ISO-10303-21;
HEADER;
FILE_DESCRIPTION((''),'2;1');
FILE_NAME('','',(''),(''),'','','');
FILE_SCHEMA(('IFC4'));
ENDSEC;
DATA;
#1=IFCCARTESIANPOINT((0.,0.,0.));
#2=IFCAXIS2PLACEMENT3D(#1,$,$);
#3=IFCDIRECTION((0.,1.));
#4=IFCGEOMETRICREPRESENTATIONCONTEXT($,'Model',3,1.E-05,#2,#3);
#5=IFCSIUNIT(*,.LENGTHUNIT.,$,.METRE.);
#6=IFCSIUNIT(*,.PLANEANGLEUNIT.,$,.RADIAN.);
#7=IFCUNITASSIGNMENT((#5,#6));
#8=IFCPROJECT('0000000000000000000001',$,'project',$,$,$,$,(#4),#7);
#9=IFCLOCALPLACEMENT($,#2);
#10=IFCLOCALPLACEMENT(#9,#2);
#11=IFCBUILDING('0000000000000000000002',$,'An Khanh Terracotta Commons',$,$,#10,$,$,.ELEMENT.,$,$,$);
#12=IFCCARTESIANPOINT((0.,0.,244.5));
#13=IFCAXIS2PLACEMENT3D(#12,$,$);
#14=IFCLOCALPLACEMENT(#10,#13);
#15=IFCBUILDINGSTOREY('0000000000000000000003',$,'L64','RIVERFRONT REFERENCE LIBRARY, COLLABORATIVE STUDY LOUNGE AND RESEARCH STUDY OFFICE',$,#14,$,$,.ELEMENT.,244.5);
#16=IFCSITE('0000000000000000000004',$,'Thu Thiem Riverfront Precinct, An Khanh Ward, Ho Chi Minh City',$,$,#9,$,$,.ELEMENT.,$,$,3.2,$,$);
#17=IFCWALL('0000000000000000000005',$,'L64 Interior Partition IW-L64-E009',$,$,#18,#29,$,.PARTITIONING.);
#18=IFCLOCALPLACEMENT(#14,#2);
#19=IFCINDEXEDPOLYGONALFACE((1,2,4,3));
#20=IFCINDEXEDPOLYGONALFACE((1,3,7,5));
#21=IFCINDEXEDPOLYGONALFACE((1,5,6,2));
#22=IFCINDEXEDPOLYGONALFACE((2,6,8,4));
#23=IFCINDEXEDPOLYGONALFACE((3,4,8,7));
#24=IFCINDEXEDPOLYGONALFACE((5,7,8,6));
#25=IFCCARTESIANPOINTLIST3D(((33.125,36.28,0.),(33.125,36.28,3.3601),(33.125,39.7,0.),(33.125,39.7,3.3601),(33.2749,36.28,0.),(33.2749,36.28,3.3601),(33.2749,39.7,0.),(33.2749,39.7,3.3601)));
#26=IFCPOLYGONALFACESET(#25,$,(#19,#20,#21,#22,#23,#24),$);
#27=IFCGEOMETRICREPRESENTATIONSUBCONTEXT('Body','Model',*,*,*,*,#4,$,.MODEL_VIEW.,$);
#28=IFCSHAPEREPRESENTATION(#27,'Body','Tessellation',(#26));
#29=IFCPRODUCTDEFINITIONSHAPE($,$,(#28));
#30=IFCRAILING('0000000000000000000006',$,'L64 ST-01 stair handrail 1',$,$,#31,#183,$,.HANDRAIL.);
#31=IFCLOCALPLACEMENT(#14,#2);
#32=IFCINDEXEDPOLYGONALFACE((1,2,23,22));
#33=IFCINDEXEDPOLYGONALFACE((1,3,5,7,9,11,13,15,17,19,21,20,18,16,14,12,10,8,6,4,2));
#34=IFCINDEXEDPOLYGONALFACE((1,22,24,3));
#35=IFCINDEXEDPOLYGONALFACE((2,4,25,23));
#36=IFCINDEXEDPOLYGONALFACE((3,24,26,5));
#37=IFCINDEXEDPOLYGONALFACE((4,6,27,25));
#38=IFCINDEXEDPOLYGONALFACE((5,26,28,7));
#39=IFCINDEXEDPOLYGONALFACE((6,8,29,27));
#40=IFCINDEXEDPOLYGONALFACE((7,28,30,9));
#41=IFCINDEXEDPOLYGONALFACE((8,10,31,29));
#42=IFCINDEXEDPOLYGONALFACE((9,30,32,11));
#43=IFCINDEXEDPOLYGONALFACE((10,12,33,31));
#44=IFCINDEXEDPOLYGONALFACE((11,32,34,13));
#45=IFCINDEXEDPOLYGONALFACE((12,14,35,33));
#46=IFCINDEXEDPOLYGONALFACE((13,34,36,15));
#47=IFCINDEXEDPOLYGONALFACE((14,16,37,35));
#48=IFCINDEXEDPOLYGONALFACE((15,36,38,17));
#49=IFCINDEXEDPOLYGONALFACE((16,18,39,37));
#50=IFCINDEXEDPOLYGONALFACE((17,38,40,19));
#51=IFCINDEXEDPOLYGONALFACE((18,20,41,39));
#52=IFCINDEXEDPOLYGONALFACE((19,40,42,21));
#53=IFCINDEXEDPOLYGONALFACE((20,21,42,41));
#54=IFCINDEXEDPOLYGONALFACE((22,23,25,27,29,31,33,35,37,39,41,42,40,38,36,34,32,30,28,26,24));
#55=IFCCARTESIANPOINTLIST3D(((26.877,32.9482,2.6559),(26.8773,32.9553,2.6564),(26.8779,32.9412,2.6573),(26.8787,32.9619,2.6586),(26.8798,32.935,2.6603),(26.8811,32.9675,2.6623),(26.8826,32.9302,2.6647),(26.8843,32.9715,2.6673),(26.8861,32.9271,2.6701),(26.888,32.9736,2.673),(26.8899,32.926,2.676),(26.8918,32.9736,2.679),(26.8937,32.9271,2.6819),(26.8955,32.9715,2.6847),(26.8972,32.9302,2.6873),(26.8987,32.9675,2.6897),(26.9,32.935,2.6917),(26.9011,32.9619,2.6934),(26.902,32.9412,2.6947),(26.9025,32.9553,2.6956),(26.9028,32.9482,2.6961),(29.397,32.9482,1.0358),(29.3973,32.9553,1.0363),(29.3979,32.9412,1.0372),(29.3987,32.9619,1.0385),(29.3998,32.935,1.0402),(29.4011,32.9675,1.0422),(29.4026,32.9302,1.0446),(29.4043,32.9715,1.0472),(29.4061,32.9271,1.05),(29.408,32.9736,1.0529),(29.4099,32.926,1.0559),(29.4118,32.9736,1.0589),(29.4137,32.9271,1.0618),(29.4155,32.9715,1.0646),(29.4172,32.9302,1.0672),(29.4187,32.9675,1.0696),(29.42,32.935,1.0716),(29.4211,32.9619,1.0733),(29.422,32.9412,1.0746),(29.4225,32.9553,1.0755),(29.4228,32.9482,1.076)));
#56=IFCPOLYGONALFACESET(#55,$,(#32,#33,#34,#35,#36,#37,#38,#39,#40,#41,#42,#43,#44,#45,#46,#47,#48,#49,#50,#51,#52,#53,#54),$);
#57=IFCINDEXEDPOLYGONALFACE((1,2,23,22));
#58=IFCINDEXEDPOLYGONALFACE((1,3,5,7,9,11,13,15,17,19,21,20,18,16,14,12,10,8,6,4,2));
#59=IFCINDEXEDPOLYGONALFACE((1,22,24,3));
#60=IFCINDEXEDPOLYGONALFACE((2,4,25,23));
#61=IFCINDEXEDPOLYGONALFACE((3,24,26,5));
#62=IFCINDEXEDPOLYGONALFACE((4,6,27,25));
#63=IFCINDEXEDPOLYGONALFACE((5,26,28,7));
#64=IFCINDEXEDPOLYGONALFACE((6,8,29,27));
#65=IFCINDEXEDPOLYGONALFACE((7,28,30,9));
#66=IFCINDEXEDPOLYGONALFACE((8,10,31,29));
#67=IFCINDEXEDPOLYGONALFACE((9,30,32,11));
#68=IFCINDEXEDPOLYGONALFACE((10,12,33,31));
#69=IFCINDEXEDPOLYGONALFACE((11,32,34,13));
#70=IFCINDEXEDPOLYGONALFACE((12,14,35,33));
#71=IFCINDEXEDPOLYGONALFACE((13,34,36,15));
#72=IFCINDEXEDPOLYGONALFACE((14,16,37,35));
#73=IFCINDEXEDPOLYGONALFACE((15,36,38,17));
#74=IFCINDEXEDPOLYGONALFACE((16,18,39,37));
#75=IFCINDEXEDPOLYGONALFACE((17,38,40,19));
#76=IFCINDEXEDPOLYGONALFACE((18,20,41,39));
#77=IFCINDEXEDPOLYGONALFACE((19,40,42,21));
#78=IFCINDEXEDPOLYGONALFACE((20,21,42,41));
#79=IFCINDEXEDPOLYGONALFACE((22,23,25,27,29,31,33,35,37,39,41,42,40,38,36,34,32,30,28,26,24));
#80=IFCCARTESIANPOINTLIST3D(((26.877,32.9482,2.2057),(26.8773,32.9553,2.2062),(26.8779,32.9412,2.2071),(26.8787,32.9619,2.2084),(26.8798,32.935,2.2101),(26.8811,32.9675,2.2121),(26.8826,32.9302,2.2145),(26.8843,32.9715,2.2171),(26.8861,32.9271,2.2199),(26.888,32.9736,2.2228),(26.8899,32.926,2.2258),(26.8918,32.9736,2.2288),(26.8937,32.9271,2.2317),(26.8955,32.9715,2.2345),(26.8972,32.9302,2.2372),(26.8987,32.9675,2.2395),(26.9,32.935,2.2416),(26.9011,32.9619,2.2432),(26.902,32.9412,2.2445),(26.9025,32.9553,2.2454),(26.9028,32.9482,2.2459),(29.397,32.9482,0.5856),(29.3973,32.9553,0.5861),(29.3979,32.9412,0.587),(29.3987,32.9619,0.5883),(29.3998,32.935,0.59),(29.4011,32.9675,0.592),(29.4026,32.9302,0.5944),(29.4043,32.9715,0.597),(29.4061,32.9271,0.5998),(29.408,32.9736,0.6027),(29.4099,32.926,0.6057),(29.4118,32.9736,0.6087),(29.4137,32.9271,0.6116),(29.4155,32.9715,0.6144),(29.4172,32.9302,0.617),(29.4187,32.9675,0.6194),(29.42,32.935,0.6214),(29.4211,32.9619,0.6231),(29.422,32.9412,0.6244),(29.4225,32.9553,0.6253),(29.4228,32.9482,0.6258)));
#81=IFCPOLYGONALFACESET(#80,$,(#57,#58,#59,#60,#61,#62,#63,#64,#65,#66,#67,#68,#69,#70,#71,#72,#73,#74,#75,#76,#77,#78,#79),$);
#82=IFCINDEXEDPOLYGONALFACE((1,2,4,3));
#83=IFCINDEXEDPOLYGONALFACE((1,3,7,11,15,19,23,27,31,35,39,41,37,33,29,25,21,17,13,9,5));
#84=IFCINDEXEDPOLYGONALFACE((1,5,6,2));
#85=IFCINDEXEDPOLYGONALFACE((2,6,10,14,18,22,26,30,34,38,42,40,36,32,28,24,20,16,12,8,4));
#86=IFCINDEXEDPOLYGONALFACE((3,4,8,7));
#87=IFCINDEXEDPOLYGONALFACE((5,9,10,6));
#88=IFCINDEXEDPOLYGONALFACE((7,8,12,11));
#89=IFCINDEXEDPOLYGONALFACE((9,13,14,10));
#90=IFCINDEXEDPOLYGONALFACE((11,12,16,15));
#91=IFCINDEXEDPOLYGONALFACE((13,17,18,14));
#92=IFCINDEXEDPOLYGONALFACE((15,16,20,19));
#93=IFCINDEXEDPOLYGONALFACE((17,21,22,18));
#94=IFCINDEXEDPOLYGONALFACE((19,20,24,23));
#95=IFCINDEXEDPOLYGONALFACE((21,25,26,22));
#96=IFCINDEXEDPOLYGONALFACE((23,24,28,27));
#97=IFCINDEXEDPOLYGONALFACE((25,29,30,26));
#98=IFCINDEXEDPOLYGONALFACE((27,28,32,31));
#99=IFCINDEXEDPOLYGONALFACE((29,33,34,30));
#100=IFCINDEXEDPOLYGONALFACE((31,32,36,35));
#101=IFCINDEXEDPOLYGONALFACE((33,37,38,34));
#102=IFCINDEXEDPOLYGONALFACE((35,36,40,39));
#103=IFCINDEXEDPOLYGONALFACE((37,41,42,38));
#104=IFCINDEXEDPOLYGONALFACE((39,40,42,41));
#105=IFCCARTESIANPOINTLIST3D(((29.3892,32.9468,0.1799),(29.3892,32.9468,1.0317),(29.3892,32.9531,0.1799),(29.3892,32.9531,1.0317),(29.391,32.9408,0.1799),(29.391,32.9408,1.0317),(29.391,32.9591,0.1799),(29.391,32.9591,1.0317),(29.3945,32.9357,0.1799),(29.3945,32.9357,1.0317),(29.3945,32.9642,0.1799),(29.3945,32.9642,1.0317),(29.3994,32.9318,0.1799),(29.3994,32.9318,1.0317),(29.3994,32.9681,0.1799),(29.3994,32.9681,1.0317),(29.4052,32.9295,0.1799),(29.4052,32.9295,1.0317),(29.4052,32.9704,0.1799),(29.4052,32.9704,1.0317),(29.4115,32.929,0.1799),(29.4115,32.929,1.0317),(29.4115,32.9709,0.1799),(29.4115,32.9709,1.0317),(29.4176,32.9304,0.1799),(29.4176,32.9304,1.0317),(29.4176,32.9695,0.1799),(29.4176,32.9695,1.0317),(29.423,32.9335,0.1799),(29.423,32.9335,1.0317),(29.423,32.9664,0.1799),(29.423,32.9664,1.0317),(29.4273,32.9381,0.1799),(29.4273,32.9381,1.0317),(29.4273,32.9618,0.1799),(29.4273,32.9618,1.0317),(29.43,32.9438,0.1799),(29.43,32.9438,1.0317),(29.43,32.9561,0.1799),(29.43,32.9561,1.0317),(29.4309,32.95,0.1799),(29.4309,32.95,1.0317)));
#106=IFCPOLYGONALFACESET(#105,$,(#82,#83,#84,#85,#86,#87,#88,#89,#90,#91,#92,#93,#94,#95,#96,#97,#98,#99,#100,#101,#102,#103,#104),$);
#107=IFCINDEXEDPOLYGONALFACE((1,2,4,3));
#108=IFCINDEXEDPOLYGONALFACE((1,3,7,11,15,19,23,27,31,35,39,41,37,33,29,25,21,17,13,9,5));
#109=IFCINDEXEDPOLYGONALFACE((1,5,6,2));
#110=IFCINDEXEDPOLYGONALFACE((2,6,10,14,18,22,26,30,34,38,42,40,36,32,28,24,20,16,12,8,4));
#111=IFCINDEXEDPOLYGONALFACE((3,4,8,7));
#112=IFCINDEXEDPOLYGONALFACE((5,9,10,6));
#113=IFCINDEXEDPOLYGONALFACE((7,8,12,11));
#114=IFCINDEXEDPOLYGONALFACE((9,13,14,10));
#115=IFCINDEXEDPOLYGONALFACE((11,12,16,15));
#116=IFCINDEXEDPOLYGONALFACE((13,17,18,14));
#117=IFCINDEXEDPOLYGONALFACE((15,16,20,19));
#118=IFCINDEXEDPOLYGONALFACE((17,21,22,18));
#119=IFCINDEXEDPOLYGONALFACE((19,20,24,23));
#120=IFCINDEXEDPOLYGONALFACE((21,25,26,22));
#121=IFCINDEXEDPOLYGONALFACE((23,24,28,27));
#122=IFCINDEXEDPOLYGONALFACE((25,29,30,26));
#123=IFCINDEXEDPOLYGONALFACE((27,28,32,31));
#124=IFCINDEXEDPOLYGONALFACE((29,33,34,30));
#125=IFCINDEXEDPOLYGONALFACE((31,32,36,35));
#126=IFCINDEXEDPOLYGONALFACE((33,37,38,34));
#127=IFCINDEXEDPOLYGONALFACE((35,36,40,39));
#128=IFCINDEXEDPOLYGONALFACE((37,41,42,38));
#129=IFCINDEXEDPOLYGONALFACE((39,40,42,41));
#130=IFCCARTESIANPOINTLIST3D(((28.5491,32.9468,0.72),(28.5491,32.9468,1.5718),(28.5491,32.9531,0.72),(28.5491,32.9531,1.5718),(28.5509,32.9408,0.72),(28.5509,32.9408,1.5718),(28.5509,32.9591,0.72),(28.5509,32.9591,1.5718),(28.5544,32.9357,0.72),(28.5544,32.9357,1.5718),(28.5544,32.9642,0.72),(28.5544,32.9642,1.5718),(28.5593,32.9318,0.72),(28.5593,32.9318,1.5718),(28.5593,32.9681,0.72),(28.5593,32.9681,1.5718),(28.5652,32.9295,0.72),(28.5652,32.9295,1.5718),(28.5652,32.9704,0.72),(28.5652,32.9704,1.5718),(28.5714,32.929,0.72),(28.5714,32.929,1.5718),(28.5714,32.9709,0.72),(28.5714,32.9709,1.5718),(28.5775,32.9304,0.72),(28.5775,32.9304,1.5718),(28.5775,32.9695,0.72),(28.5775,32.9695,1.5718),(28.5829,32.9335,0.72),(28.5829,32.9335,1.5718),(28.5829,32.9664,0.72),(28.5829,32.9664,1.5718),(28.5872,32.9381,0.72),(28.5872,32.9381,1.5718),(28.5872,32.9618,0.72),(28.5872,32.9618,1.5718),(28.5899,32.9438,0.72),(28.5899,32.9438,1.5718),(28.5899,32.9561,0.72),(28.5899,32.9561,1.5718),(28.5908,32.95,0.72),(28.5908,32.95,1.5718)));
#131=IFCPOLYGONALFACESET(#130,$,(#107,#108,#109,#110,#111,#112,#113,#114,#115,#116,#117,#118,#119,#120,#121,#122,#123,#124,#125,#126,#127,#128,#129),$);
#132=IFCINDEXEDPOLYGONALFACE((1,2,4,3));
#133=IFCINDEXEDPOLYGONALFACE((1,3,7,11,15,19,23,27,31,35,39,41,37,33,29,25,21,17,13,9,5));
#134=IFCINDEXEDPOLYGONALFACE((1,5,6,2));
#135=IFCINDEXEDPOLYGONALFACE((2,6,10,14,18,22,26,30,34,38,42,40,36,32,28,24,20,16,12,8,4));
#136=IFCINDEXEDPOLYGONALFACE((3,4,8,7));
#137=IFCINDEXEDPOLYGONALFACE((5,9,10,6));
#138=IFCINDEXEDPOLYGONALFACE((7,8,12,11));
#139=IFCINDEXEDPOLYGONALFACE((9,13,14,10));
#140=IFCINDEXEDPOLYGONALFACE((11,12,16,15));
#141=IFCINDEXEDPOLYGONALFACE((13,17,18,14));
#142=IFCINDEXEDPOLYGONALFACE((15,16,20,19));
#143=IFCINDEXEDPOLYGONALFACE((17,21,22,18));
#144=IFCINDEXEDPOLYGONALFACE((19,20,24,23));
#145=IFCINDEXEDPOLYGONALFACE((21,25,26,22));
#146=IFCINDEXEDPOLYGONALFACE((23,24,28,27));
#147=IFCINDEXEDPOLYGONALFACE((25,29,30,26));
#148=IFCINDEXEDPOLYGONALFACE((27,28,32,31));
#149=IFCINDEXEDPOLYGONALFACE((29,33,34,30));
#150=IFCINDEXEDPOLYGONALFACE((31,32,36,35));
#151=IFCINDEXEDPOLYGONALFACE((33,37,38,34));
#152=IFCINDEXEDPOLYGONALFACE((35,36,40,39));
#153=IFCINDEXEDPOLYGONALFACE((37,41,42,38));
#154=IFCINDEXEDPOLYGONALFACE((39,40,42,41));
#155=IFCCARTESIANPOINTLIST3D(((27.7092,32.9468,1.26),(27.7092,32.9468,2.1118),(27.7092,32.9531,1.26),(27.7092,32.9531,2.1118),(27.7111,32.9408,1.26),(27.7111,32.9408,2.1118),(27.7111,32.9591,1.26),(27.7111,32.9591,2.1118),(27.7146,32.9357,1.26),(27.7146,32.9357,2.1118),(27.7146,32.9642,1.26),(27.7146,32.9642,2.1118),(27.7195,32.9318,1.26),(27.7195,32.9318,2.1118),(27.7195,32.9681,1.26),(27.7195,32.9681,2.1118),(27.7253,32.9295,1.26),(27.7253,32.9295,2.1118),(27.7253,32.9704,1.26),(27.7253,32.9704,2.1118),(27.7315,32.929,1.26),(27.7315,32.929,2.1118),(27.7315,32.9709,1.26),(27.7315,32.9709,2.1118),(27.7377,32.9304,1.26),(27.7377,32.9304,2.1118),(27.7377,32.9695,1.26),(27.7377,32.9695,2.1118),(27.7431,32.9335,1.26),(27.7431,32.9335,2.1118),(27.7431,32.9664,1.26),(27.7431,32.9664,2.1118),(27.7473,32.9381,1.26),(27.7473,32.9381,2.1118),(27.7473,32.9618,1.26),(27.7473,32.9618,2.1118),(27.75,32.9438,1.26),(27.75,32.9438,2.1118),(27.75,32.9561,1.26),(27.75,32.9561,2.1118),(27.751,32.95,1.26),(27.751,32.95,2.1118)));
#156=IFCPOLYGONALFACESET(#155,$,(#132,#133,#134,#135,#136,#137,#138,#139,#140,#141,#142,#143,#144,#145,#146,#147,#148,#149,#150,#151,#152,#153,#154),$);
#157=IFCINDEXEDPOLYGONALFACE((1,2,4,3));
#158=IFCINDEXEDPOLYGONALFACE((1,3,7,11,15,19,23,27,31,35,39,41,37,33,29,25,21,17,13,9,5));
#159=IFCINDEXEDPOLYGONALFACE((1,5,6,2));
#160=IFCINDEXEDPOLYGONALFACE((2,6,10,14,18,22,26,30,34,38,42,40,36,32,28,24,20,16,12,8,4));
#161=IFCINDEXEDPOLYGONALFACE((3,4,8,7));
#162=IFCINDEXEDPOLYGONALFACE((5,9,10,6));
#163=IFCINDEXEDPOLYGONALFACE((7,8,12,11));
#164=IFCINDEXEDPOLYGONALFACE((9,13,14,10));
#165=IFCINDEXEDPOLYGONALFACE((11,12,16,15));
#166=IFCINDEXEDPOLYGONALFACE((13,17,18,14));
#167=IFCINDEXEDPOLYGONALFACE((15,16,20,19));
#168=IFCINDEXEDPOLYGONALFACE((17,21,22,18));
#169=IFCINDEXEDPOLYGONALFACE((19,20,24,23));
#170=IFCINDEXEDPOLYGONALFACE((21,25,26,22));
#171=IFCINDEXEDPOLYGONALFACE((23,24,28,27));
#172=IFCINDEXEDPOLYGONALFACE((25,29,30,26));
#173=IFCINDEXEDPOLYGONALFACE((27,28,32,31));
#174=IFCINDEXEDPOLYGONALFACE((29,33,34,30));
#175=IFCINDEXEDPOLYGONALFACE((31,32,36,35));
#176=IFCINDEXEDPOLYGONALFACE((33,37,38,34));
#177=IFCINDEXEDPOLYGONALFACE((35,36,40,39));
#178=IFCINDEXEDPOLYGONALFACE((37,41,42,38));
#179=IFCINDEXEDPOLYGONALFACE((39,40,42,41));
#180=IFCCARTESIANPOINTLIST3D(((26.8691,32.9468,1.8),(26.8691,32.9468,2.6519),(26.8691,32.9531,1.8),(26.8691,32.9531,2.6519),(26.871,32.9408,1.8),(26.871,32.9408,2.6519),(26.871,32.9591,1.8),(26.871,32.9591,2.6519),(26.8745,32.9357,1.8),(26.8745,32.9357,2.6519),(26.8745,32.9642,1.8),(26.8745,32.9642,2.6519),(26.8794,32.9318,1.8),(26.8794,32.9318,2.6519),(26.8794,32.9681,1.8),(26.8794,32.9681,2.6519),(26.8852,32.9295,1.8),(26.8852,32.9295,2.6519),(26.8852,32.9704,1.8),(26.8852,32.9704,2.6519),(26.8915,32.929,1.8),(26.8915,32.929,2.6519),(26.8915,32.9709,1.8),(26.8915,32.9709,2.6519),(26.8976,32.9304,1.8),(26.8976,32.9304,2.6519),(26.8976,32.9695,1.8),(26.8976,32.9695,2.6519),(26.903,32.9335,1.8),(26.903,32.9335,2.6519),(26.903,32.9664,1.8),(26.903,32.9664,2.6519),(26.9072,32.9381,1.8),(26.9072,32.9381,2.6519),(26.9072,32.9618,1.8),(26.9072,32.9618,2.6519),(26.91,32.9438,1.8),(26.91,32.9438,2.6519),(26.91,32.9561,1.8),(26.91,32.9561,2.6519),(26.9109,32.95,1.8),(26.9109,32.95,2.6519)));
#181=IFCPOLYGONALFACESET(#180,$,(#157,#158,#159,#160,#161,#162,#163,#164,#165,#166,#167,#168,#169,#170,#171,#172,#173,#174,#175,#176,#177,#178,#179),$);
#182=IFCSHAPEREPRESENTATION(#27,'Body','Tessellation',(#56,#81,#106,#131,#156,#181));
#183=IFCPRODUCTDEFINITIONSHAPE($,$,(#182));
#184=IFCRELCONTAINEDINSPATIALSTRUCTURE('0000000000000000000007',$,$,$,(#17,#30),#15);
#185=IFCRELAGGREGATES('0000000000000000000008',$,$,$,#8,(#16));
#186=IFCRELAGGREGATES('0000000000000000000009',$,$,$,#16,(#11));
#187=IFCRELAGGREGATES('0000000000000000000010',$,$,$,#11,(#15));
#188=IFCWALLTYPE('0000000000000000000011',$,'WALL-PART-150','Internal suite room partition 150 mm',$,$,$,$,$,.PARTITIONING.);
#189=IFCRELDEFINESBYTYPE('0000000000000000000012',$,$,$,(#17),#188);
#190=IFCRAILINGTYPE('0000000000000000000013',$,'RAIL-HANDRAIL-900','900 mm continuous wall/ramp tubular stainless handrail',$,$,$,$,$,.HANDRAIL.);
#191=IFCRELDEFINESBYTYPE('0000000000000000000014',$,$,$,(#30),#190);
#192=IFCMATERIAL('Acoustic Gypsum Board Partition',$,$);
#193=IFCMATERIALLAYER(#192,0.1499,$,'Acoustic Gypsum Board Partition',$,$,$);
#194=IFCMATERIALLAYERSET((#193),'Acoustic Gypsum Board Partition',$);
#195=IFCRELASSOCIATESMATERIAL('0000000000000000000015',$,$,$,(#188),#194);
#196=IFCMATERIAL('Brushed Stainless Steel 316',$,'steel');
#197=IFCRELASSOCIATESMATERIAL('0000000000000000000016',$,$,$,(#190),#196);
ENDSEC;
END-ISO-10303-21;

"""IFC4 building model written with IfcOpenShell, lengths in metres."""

from ifc_helpers import new_model, si_unit, direction, frame, frame_2d, origin, origin_2d, place, context, subcontext, project, spatial, rectangle, circle, extrude, material, layer, layer_set, type_object, element, save


model = new_model("IFC4")

# Units and contexts
model_context = context("Model", 3, precision=1e-05, world=origin(), true_north=direction((0.0, 1.0)))
body_context = subcontext(model_context, "Body", "Model", "MODEL_VIEW")
ifc_project = project(units=[si_unit("LENGTHUNIT", "METRE"), si_unit("PLANEANGLEUNIT", "RADIAN")], contexts=[model_context])

# Site, building, storey
site_placement = place(None, origin())
site = spatial("IfcSite", under=ifc_project, at=site_placement, Name="Thu Thiem Riverfront Precinct, An Khanh Ward, Ho Chi Minh City", CompositionType="ELEMENT", RefElevation=3.2)
building_placement = place(site_placement, origin())
building = spatial("IfcBuilding", under=site, at=building_placement, Name="An Khanh Terracotta Commons", CompositionType="ELEMENT")
storey_placement = place(building_placement, frame((0.0, 0.0, 244.5)))
storey = spatial("IfcBuildingStorey", under=building, at=storey_placement, Name="L64", Description="RIVERFRONT REFERENCE LIBRARY, COLLABORATIVE STUDY LOUNGE AND RESEARCH STUDY OFFICE", CompositionType="ELEMENT", Elevation=244.5)

# Wall
ifc_material_1 = material(Name="Acoustic Gypsum Board Partition")
ifc_layer_1 = layer(ifc_material_1, 0.1499, Name="Acoustic Gypsum Board Partition")
ifc_layer_set_1 = layer_set([ifc_layer_1], Name="Acoustic Gypsum Board Partition")
wall_type_1 = type_object("IfcWallType", Name="WALL-PART-150", Description="Internal suite room partition 150 mm", PredefinedType="PARTITIONING", material=ifc_layer_set_1)
wall_1_placement = place(storey_placement, frame((33.2, 36.28, 0.0), z_axis=(0.0, 0.0, 1.0), x_axis=(0.0, 1.0, 0.0)))
element("IfcWall", 1, at=wall_1_placement, inside=storey, type_object=wall_type_1, Name="L64 Interior Partition IW-L64-E009", PredefinedType="PARTITIONING", context=body_context, shape_type="SweptSolid", body=[
    extrude(rectangle(XDim=3.4199, YDim=0.1499, at=frame_2d((1.71, 0.0))), origin(), (0.0, 0.0, 1.0), 3.3601),
])

# Railing
ifc_material_2 = material(Name="Brushed Stainless Steel 316", Category="steel")
railing_type_1 = type_object("IfcRailingType", Name="RAIL-HANDRAIL-900", Description="900 mm continuous wall/ramp tubular stainless handrail", PredefinedType="HANDRAIL", material=ifc_material_2)
railing_1_placement = place(storey_placement, frame((29.4099, 32.95, 0.1799)))
element("IfcRailing", 2, at=railing_1_placement, inside=storey, type_object=railing_type_1, Name="L64 ST-01 stair handrail 1", PredefinedType="HANDRAIL", context=body_context, shape_type="SweptSolid", body=[
    extrude(circle(Radius=0.0239, at=origin_2d()), frame((0.0, 0.0, 0.876), z_axis=(-0.841163, 0.0, 0.540782), x_axis=(0.0, -1.0, 0.0)), (0.0, 0.0, 1.0), 2.9958),
    extrude(circle(Radius=0.0239, at=origin_2d()), frame((0.0, 0.0, 0.4258), z_axis=(-0.841163, 0.0, 0.540782), x_axis=(0.0, -1.0, 0.0)), (0.0, 0.0, 1.0), 2.9958),
    extrude(circle(Radius=0.021, at=origin_2d()), origin(), (0.0, 0.0, 1.0), 0.8518),
    extrude(circle(Radius=0.021, at=origin_2d()), frame((-0.8401, 0.0, 0.54)), (0.0, 0.0, 1.0), 0.8518),
    extrude(circle(Radius=0.021, at=origin_2d()), frame((-1.6799, 0.0, 1.0801)), (0.0, 0.0, 1.0), 0.8518),
    extrude(circle(Radius=0.021, at=origin_2d()), frame((-2.52, 0.0, 1.6201)), (0.0, 0.0, 1.0), 0.8518),
])

save(model, "model.ifc")
